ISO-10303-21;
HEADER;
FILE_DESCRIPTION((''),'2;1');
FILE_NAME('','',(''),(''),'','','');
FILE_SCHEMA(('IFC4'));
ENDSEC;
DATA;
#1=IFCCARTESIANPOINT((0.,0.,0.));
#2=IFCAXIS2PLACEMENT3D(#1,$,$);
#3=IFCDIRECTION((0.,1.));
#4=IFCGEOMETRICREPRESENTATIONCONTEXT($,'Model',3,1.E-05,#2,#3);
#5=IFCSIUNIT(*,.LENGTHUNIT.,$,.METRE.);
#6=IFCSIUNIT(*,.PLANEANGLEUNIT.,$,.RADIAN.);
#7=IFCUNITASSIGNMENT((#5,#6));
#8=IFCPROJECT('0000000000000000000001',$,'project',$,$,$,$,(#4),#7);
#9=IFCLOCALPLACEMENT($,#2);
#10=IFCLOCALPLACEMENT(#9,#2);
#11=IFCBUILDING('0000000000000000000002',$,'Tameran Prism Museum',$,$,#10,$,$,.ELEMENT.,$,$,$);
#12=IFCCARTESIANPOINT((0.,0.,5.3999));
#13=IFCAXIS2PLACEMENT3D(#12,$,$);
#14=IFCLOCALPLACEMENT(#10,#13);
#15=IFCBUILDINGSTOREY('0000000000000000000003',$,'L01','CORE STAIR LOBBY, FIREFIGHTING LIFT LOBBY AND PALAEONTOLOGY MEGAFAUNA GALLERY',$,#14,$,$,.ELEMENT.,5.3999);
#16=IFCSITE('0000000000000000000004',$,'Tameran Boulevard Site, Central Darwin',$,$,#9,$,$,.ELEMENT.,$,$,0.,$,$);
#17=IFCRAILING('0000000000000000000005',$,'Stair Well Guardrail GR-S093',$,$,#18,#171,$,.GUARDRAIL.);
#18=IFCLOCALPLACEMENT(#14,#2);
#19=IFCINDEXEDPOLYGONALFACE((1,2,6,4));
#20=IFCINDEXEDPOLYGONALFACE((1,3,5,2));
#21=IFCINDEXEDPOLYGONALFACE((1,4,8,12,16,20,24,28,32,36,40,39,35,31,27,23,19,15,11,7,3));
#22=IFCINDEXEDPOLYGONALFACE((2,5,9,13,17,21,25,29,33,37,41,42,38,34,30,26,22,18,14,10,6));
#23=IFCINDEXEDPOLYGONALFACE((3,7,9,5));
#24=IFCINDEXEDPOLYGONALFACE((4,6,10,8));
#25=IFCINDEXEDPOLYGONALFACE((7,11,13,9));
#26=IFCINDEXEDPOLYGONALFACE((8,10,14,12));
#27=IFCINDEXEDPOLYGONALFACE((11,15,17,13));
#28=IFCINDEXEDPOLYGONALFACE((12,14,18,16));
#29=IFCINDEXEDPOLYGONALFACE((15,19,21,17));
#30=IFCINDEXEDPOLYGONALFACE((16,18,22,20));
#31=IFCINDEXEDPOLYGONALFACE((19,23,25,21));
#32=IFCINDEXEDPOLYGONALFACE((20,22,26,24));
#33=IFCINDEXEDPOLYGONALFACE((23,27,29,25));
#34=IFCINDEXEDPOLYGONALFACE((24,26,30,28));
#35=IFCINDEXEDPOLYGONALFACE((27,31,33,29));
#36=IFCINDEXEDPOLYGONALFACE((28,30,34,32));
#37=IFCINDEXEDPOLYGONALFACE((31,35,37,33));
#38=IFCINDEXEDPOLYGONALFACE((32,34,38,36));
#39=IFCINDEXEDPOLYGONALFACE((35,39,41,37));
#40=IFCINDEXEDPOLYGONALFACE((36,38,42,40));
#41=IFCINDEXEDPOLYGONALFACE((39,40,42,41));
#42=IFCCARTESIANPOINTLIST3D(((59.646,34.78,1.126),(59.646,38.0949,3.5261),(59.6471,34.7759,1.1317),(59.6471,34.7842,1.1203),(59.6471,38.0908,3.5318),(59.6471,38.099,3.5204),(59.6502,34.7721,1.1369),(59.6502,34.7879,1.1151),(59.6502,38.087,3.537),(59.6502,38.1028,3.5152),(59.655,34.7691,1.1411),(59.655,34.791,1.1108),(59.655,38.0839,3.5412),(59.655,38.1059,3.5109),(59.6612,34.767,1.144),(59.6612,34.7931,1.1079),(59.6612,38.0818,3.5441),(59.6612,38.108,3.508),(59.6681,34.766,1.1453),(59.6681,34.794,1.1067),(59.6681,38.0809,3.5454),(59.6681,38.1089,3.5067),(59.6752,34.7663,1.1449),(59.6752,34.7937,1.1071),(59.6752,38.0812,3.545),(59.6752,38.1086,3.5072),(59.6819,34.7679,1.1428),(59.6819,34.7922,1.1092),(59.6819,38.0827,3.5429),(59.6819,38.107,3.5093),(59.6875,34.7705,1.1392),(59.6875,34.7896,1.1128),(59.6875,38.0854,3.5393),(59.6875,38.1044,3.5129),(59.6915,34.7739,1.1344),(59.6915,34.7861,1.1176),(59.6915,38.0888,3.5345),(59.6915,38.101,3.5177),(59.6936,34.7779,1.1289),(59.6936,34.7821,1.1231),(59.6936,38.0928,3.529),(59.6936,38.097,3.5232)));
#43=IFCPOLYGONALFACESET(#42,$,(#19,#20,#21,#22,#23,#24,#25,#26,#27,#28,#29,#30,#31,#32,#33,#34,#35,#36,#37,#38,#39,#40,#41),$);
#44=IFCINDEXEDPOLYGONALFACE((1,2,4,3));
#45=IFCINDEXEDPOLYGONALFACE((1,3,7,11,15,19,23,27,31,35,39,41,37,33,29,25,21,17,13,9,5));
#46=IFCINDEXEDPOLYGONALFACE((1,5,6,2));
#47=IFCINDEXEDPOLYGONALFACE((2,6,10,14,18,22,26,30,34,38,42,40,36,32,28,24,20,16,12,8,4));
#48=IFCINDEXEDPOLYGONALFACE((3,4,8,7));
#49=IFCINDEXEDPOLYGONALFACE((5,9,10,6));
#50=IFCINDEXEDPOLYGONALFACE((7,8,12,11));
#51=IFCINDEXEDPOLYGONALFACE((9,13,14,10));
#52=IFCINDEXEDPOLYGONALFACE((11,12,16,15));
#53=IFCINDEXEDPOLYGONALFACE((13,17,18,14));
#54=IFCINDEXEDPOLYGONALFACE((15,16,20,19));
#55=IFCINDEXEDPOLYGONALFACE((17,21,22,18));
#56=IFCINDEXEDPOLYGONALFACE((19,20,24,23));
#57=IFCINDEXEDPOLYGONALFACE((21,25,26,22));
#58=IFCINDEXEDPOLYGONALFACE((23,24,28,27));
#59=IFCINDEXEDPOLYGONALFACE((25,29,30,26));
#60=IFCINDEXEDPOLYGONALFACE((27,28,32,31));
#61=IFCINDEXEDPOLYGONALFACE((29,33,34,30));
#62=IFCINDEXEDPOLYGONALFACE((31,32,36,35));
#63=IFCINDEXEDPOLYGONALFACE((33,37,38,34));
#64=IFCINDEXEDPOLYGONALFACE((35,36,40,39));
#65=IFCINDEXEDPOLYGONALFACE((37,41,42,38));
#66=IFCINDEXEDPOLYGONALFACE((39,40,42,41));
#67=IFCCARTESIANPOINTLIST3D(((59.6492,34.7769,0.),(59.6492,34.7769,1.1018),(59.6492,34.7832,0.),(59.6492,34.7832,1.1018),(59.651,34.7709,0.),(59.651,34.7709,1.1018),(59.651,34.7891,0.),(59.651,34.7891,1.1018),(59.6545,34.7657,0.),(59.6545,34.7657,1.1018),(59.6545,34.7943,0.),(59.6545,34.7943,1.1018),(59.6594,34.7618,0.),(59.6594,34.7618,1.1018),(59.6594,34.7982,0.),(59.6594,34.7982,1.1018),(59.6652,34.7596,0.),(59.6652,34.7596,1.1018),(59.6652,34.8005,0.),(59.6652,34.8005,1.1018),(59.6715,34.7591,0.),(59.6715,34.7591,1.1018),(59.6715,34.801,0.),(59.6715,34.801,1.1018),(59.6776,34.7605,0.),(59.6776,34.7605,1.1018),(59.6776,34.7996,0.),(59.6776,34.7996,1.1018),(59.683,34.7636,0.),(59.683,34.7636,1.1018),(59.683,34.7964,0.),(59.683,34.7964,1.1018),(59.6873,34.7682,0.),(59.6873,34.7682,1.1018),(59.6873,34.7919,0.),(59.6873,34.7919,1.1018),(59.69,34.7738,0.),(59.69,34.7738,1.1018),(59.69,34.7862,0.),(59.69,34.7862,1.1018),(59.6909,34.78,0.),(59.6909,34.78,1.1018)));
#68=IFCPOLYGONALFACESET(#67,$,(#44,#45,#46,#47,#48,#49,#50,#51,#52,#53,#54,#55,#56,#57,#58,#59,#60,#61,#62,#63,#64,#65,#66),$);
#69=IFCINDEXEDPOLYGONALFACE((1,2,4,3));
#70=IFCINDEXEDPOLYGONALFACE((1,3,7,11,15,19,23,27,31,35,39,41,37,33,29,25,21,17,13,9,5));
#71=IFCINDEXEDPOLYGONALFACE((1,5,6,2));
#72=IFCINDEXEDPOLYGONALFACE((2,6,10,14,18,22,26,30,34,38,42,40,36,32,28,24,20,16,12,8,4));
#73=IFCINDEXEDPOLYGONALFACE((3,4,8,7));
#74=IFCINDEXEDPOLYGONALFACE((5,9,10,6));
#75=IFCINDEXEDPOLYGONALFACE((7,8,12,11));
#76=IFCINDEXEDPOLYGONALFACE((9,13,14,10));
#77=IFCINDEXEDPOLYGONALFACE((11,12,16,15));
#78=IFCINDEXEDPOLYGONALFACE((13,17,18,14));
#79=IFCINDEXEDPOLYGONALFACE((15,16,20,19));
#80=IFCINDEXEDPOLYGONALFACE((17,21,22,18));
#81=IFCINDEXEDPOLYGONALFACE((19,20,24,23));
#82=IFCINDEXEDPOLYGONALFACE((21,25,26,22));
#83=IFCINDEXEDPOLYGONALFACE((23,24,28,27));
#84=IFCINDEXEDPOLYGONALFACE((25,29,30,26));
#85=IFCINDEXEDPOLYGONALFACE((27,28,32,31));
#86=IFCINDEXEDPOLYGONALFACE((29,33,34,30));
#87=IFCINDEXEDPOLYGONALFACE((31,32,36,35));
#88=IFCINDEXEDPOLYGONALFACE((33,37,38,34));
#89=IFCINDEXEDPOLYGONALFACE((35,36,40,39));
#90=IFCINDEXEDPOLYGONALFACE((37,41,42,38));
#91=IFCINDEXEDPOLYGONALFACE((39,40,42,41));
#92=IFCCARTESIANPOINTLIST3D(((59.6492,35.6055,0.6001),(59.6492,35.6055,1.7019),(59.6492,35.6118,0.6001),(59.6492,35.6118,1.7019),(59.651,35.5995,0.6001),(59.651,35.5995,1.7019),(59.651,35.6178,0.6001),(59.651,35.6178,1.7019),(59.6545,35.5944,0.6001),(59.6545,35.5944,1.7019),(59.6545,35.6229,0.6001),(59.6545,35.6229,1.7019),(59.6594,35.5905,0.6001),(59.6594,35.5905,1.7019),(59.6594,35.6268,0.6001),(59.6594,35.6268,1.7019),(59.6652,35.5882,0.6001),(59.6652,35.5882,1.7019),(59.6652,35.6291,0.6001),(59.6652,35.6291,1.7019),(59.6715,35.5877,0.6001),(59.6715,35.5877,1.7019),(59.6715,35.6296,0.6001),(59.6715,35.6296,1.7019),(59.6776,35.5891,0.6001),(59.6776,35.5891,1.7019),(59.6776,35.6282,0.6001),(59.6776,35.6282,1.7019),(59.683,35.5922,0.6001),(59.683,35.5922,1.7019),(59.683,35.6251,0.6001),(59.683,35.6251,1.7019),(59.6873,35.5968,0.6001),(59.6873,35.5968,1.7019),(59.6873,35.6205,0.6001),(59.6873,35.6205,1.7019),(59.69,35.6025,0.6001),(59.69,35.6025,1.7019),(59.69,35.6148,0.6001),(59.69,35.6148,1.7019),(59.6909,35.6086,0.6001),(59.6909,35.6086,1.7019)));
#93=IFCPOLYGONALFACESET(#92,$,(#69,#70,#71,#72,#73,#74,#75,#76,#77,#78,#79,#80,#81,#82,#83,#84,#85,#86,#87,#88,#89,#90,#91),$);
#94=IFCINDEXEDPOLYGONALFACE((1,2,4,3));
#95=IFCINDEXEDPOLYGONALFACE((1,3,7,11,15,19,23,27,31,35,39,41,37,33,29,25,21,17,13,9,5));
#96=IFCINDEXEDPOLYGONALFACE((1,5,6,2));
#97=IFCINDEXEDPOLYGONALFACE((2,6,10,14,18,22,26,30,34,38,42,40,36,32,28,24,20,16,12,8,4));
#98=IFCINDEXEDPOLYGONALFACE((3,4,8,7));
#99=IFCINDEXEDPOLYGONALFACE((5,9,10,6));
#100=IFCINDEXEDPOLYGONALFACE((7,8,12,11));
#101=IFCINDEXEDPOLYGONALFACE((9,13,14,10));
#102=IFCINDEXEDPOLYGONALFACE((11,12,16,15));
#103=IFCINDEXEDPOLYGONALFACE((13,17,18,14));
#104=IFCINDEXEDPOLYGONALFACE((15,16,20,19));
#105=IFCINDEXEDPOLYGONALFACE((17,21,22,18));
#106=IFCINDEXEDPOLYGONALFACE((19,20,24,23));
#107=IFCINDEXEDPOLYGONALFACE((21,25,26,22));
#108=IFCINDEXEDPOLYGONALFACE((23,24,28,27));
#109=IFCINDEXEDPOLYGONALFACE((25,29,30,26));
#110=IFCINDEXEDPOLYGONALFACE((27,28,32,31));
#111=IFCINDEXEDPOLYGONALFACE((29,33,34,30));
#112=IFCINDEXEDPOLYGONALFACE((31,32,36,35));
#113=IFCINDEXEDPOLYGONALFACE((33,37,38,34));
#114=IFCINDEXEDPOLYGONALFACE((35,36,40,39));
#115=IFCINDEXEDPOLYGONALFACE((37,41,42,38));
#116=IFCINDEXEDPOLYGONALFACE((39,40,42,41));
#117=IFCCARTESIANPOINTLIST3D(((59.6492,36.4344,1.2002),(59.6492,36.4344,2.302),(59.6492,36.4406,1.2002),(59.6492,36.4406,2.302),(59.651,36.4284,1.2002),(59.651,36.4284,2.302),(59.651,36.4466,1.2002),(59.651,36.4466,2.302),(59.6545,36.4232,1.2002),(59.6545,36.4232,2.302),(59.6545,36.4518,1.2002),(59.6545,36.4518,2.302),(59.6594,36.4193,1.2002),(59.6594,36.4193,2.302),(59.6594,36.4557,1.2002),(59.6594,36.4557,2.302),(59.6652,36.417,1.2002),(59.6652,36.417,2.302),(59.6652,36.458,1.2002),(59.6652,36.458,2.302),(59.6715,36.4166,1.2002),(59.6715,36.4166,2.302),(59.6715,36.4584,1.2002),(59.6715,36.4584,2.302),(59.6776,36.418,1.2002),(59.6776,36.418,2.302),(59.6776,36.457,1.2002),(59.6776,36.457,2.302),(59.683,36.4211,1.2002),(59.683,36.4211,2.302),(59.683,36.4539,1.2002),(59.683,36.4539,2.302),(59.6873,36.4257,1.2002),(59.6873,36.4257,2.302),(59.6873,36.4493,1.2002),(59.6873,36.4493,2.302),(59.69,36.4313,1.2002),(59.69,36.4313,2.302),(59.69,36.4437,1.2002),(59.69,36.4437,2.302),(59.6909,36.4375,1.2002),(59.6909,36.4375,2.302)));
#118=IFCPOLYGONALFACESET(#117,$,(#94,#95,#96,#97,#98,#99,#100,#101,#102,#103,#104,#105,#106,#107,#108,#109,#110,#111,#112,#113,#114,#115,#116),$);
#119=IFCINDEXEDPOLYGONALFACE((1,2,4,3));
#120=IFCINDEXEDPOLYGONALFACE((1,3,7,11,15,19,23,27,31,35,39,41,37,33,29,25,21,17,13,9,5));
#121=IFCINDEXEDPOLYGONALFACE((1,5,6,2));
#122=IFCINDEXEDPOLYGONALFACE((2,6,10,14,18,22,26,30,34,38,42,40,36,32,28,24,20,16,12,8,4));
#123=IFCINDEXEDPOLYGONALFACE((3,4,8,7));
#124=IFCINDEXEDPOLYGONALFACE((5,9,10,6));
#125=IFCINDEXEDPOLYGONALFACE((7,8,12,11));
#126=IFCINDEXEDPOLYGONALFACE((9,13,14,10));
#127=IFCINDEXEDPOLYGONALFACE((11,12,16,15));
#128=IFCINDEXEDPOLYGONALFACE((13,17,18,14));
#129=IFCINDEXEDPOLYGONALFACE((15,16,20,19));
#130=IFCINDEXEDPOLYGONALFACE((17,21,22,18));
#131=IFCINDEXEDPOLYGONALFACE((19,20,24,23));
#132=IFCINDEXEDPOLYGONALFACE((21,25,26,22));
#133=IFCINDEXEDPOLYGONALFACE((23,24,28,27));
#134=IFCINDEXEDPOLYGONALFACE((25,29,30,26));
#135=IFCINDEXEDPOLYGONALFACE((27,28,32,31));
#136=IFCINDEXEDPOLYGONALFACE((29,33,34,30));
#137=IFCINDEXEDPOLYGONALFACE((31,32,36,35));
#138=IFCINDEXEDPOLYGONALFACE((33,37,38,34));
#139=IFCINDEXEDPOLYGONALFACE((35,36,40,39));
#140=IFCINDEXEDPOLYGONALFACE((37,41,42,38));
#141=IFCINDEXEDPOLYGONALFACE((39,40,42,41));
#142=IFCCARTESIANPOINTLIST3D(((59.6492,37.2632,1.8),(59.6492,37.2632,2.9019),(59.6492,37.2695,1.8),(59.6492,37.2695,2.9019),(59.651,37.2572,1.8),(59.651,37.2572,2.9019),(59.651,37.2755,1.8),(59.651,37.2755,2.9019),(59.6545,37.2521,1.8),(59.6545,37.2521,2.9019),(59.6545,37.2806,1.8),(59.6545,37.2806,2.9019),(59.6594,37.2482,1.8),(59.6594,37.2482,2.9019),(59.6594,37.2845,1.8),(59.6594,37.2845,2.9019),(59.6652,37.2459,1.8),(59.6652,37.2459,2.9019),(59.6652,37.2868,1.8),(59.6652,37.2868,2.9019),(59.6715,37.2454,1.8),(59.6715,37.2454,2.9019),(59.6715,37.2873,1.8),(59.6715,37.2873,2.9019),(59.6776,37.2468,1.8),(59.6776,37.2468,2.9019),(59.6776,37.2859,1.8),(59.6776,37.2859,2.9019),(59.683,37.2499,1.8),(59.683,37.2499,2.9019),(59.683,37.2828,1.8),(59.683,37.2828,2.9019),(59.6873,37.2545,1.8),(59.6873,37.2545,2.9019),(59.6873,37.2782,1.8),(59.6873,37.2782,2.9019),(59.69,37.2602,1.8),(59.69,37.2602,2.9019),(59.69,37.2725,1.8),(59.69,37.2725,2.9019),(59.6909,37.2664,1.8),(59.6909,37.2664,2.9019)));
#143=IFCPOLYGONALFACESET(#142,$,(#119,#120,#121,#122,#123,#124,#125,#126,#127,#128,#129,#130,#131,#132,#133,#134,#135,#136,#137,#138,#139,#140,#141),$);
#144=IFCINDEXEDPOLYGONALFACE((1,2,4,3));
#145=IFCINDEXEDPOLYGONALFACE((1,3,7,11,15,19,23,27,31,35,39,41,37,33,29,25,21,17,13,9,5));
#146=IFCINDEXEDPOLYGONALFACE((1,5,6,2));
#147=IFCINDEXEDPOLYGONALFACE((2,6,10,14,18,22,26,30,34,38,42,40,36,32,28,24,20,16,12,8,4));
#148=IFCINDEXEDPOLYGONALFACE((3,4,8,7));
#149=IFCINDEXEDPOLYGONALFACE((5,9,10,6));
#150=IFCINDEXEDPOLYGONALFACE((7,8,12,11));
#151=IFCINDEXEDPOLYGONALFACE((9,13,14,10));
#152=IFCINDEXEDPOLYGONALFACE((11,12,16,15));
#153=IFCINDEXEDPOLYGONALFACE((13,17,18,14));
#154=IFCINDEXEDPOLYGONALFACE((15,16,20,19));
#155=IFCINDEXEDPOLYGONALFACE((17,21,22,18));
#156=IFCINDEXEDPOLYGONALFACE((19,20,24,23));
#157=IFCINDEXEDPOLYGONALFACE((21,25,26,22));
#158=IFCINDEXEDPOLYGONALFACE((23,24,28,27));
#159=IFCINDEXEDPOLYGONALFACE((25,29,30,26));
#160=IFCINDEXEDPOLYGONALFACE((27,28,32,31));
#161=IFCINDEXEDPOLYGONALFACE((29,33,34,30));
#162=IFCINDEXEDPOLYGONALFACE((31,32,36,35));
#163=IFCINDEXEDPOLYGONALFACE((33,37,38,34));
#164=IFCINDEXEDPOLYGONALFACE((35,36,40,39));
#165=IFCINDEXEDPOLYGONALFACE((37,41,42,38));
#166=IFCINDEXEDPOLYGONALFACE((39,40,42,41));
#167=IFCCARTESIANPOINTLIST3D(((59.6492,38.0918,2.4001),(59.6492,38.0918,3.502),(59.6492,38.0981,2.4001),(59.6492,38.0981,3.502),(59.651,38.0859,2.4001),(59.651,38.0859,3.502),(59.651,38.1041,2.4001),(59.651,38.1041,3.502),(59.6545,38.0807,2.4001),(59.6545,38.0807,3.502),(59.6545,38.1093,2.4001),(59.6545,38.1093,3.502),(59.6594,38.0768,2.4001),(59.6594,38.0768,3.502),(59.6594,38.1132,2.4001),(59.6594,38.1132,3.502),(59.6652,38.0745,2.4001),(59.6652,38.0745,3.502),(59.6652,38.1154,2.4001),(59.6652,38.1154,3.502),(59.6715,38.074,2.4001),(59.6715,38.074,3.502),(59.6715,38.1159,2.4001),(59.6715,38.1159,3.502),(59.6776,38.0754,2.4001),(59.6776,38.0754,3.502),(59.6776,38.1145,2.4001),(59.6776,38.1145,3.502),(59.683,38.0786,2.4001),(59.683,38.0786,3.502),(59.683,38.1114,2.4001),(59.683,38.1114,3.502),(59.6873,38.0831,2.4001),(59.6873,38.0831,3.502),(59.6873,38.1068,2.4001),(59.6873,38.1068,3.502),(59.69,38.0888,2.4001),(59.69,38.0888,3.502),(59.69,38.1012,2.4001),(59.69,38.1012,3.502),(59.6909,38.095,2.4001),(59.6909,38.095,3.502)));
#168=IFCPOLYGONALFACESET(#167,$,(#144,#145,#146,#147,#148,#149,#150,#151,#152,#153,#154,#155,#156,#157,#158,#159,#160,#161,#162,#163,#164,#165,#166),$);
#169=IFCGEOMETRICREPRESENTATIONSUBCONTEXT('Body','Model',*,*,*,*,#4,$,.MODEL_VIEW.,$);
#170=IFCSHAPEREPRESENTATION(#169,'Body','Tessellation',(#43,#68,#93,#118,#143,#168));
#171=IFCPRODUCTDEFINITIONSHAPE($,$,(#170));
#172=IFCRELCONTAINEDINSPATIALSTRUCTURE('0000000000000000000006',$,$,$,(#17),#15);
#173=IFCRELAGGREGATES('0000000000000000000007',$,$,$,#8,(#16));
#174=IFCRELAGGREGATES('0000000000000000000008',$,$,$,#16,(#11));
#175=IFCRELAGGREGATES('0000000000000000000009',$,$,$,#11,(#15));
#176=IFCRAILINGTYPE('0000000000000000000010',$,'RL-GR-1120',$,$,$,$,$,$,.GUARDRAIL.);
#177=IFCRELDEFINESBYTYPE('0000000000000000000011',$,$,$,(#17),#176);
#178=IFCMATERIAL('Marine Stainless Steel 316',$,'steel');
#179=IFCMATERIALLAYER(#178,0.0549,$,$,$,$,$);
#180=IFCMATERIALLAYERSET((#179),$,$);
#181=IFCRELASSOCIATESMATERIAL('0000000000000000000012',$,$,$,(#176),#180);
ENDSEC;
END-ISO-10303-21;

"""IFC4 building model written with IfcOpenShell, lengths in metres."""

from ifc_helpers import new_model, si_unit, direction, frame, origin, origin_2d, place, context, subcontext, project, spatial, circle, extrude, material, layer, layer_set, type_object, element, save


model = new_model("IFC4")

# Units and contexts
model_context = context("Model", 3, precision=1e-05, world=origin(), true_north=direction((0.0, 1.0)))
body_context = subcontext(model_context, "Body", "Model", "MODEL_VIEW")
ifc_project = project(units=[si_unit("LENGTHUNIT", "METRE"), si_unit("PLANEANGLEUNIT", "RADIAN")], contexts=[model_context])

# Site, building, storey
site_placement = place(None, origin())
site = spatial("IfcSite", under=ifc_project, at=site_placement, Name="Tameran Boulevard Site, Central Darwin", CompositionType="ELEMENT", RefElevation=0.0)
building_placement = place(site_placement, origin())
building = spatial("IfcBuilding", under=site, at=building_placement, Name="Tameran Prism Museum", CompositionType="ELEMENT")
storey_placement = place(building_placement, frame((0.0, 0.0, 5.3999)))
storey = spatial("IfcBuildingStorey", under=building, at=storey_placement, Name="L01", Description="CORE STAIR LOBBY, FIREFIGHTING LIFT LOBBY AND PALAEONTOLOGY MEGAFAUNA GALLERY", CompositionType="ELEMENT", Elevation=5.3999)

# Railing
ifc_material_1 = material(Name="Marine Stainless Steel 316", Category="steel")
ifc_layer_1 = layer(ifc_material_1, 0.0549)
ifc_layer_set_1 = layer_set([ifc_layer_1])
railing_type_1 = type_object("IfcRailingType", Name="RL-GR-1120", PredefinedType="GUARDRAIL", material=ifc_layer_set_1)
railing_1_placement = place(storey_placement, frame((59.6699, 34.78, 0.0)))
element("IfcRailing", 1, at=railing_1_placement, inside=storey, type_object=railing_type_1, Name="Stair Well Guardrail GR-S093", PredefinedType="GUARDRAIL", context=body_context, shape_type="SweptSolid", body=[
    extrude(circle(Radius=0.0239, at=origin_2d()), frame((0.0, 0.0, 1.126), z_axis=(0.0, 0.80998, 0.586457), x_axis=(-1.0, 0.0, 0.0)), (0.0, 0.0, 1.0), 4.0925),
    extrude(circle(Radius=0.021, at=origin_2d()), origin(), (0.0, 0.0, 1.0), 1.1018),
    extrude(circle(Radius=0.021, at=origin_2d()), frame((0.0, 0.8286, 0.6001)), (0.0, 0.0, 1.0), 1.1018),
    extrude(circle(Radius=0.021, at=origin_2d()), frame((0.0, 1.6575, 1.2002)), (0.0, 0.0, 1.0), 1.1018),
    extrude(circle(Radius=0.021, at=origin_2d()), frame((0.0, 2.4863, 1.8)), (0.0, 0.0, 1.0), 1.1018),
    extrude(circle(Radius=0.021, at=origin_2d()), frame((0.0, 3.3149, 2.4001)), (0.0, 0.0, 1.0), 1.1018),
])

save(model, "model.ifc")
